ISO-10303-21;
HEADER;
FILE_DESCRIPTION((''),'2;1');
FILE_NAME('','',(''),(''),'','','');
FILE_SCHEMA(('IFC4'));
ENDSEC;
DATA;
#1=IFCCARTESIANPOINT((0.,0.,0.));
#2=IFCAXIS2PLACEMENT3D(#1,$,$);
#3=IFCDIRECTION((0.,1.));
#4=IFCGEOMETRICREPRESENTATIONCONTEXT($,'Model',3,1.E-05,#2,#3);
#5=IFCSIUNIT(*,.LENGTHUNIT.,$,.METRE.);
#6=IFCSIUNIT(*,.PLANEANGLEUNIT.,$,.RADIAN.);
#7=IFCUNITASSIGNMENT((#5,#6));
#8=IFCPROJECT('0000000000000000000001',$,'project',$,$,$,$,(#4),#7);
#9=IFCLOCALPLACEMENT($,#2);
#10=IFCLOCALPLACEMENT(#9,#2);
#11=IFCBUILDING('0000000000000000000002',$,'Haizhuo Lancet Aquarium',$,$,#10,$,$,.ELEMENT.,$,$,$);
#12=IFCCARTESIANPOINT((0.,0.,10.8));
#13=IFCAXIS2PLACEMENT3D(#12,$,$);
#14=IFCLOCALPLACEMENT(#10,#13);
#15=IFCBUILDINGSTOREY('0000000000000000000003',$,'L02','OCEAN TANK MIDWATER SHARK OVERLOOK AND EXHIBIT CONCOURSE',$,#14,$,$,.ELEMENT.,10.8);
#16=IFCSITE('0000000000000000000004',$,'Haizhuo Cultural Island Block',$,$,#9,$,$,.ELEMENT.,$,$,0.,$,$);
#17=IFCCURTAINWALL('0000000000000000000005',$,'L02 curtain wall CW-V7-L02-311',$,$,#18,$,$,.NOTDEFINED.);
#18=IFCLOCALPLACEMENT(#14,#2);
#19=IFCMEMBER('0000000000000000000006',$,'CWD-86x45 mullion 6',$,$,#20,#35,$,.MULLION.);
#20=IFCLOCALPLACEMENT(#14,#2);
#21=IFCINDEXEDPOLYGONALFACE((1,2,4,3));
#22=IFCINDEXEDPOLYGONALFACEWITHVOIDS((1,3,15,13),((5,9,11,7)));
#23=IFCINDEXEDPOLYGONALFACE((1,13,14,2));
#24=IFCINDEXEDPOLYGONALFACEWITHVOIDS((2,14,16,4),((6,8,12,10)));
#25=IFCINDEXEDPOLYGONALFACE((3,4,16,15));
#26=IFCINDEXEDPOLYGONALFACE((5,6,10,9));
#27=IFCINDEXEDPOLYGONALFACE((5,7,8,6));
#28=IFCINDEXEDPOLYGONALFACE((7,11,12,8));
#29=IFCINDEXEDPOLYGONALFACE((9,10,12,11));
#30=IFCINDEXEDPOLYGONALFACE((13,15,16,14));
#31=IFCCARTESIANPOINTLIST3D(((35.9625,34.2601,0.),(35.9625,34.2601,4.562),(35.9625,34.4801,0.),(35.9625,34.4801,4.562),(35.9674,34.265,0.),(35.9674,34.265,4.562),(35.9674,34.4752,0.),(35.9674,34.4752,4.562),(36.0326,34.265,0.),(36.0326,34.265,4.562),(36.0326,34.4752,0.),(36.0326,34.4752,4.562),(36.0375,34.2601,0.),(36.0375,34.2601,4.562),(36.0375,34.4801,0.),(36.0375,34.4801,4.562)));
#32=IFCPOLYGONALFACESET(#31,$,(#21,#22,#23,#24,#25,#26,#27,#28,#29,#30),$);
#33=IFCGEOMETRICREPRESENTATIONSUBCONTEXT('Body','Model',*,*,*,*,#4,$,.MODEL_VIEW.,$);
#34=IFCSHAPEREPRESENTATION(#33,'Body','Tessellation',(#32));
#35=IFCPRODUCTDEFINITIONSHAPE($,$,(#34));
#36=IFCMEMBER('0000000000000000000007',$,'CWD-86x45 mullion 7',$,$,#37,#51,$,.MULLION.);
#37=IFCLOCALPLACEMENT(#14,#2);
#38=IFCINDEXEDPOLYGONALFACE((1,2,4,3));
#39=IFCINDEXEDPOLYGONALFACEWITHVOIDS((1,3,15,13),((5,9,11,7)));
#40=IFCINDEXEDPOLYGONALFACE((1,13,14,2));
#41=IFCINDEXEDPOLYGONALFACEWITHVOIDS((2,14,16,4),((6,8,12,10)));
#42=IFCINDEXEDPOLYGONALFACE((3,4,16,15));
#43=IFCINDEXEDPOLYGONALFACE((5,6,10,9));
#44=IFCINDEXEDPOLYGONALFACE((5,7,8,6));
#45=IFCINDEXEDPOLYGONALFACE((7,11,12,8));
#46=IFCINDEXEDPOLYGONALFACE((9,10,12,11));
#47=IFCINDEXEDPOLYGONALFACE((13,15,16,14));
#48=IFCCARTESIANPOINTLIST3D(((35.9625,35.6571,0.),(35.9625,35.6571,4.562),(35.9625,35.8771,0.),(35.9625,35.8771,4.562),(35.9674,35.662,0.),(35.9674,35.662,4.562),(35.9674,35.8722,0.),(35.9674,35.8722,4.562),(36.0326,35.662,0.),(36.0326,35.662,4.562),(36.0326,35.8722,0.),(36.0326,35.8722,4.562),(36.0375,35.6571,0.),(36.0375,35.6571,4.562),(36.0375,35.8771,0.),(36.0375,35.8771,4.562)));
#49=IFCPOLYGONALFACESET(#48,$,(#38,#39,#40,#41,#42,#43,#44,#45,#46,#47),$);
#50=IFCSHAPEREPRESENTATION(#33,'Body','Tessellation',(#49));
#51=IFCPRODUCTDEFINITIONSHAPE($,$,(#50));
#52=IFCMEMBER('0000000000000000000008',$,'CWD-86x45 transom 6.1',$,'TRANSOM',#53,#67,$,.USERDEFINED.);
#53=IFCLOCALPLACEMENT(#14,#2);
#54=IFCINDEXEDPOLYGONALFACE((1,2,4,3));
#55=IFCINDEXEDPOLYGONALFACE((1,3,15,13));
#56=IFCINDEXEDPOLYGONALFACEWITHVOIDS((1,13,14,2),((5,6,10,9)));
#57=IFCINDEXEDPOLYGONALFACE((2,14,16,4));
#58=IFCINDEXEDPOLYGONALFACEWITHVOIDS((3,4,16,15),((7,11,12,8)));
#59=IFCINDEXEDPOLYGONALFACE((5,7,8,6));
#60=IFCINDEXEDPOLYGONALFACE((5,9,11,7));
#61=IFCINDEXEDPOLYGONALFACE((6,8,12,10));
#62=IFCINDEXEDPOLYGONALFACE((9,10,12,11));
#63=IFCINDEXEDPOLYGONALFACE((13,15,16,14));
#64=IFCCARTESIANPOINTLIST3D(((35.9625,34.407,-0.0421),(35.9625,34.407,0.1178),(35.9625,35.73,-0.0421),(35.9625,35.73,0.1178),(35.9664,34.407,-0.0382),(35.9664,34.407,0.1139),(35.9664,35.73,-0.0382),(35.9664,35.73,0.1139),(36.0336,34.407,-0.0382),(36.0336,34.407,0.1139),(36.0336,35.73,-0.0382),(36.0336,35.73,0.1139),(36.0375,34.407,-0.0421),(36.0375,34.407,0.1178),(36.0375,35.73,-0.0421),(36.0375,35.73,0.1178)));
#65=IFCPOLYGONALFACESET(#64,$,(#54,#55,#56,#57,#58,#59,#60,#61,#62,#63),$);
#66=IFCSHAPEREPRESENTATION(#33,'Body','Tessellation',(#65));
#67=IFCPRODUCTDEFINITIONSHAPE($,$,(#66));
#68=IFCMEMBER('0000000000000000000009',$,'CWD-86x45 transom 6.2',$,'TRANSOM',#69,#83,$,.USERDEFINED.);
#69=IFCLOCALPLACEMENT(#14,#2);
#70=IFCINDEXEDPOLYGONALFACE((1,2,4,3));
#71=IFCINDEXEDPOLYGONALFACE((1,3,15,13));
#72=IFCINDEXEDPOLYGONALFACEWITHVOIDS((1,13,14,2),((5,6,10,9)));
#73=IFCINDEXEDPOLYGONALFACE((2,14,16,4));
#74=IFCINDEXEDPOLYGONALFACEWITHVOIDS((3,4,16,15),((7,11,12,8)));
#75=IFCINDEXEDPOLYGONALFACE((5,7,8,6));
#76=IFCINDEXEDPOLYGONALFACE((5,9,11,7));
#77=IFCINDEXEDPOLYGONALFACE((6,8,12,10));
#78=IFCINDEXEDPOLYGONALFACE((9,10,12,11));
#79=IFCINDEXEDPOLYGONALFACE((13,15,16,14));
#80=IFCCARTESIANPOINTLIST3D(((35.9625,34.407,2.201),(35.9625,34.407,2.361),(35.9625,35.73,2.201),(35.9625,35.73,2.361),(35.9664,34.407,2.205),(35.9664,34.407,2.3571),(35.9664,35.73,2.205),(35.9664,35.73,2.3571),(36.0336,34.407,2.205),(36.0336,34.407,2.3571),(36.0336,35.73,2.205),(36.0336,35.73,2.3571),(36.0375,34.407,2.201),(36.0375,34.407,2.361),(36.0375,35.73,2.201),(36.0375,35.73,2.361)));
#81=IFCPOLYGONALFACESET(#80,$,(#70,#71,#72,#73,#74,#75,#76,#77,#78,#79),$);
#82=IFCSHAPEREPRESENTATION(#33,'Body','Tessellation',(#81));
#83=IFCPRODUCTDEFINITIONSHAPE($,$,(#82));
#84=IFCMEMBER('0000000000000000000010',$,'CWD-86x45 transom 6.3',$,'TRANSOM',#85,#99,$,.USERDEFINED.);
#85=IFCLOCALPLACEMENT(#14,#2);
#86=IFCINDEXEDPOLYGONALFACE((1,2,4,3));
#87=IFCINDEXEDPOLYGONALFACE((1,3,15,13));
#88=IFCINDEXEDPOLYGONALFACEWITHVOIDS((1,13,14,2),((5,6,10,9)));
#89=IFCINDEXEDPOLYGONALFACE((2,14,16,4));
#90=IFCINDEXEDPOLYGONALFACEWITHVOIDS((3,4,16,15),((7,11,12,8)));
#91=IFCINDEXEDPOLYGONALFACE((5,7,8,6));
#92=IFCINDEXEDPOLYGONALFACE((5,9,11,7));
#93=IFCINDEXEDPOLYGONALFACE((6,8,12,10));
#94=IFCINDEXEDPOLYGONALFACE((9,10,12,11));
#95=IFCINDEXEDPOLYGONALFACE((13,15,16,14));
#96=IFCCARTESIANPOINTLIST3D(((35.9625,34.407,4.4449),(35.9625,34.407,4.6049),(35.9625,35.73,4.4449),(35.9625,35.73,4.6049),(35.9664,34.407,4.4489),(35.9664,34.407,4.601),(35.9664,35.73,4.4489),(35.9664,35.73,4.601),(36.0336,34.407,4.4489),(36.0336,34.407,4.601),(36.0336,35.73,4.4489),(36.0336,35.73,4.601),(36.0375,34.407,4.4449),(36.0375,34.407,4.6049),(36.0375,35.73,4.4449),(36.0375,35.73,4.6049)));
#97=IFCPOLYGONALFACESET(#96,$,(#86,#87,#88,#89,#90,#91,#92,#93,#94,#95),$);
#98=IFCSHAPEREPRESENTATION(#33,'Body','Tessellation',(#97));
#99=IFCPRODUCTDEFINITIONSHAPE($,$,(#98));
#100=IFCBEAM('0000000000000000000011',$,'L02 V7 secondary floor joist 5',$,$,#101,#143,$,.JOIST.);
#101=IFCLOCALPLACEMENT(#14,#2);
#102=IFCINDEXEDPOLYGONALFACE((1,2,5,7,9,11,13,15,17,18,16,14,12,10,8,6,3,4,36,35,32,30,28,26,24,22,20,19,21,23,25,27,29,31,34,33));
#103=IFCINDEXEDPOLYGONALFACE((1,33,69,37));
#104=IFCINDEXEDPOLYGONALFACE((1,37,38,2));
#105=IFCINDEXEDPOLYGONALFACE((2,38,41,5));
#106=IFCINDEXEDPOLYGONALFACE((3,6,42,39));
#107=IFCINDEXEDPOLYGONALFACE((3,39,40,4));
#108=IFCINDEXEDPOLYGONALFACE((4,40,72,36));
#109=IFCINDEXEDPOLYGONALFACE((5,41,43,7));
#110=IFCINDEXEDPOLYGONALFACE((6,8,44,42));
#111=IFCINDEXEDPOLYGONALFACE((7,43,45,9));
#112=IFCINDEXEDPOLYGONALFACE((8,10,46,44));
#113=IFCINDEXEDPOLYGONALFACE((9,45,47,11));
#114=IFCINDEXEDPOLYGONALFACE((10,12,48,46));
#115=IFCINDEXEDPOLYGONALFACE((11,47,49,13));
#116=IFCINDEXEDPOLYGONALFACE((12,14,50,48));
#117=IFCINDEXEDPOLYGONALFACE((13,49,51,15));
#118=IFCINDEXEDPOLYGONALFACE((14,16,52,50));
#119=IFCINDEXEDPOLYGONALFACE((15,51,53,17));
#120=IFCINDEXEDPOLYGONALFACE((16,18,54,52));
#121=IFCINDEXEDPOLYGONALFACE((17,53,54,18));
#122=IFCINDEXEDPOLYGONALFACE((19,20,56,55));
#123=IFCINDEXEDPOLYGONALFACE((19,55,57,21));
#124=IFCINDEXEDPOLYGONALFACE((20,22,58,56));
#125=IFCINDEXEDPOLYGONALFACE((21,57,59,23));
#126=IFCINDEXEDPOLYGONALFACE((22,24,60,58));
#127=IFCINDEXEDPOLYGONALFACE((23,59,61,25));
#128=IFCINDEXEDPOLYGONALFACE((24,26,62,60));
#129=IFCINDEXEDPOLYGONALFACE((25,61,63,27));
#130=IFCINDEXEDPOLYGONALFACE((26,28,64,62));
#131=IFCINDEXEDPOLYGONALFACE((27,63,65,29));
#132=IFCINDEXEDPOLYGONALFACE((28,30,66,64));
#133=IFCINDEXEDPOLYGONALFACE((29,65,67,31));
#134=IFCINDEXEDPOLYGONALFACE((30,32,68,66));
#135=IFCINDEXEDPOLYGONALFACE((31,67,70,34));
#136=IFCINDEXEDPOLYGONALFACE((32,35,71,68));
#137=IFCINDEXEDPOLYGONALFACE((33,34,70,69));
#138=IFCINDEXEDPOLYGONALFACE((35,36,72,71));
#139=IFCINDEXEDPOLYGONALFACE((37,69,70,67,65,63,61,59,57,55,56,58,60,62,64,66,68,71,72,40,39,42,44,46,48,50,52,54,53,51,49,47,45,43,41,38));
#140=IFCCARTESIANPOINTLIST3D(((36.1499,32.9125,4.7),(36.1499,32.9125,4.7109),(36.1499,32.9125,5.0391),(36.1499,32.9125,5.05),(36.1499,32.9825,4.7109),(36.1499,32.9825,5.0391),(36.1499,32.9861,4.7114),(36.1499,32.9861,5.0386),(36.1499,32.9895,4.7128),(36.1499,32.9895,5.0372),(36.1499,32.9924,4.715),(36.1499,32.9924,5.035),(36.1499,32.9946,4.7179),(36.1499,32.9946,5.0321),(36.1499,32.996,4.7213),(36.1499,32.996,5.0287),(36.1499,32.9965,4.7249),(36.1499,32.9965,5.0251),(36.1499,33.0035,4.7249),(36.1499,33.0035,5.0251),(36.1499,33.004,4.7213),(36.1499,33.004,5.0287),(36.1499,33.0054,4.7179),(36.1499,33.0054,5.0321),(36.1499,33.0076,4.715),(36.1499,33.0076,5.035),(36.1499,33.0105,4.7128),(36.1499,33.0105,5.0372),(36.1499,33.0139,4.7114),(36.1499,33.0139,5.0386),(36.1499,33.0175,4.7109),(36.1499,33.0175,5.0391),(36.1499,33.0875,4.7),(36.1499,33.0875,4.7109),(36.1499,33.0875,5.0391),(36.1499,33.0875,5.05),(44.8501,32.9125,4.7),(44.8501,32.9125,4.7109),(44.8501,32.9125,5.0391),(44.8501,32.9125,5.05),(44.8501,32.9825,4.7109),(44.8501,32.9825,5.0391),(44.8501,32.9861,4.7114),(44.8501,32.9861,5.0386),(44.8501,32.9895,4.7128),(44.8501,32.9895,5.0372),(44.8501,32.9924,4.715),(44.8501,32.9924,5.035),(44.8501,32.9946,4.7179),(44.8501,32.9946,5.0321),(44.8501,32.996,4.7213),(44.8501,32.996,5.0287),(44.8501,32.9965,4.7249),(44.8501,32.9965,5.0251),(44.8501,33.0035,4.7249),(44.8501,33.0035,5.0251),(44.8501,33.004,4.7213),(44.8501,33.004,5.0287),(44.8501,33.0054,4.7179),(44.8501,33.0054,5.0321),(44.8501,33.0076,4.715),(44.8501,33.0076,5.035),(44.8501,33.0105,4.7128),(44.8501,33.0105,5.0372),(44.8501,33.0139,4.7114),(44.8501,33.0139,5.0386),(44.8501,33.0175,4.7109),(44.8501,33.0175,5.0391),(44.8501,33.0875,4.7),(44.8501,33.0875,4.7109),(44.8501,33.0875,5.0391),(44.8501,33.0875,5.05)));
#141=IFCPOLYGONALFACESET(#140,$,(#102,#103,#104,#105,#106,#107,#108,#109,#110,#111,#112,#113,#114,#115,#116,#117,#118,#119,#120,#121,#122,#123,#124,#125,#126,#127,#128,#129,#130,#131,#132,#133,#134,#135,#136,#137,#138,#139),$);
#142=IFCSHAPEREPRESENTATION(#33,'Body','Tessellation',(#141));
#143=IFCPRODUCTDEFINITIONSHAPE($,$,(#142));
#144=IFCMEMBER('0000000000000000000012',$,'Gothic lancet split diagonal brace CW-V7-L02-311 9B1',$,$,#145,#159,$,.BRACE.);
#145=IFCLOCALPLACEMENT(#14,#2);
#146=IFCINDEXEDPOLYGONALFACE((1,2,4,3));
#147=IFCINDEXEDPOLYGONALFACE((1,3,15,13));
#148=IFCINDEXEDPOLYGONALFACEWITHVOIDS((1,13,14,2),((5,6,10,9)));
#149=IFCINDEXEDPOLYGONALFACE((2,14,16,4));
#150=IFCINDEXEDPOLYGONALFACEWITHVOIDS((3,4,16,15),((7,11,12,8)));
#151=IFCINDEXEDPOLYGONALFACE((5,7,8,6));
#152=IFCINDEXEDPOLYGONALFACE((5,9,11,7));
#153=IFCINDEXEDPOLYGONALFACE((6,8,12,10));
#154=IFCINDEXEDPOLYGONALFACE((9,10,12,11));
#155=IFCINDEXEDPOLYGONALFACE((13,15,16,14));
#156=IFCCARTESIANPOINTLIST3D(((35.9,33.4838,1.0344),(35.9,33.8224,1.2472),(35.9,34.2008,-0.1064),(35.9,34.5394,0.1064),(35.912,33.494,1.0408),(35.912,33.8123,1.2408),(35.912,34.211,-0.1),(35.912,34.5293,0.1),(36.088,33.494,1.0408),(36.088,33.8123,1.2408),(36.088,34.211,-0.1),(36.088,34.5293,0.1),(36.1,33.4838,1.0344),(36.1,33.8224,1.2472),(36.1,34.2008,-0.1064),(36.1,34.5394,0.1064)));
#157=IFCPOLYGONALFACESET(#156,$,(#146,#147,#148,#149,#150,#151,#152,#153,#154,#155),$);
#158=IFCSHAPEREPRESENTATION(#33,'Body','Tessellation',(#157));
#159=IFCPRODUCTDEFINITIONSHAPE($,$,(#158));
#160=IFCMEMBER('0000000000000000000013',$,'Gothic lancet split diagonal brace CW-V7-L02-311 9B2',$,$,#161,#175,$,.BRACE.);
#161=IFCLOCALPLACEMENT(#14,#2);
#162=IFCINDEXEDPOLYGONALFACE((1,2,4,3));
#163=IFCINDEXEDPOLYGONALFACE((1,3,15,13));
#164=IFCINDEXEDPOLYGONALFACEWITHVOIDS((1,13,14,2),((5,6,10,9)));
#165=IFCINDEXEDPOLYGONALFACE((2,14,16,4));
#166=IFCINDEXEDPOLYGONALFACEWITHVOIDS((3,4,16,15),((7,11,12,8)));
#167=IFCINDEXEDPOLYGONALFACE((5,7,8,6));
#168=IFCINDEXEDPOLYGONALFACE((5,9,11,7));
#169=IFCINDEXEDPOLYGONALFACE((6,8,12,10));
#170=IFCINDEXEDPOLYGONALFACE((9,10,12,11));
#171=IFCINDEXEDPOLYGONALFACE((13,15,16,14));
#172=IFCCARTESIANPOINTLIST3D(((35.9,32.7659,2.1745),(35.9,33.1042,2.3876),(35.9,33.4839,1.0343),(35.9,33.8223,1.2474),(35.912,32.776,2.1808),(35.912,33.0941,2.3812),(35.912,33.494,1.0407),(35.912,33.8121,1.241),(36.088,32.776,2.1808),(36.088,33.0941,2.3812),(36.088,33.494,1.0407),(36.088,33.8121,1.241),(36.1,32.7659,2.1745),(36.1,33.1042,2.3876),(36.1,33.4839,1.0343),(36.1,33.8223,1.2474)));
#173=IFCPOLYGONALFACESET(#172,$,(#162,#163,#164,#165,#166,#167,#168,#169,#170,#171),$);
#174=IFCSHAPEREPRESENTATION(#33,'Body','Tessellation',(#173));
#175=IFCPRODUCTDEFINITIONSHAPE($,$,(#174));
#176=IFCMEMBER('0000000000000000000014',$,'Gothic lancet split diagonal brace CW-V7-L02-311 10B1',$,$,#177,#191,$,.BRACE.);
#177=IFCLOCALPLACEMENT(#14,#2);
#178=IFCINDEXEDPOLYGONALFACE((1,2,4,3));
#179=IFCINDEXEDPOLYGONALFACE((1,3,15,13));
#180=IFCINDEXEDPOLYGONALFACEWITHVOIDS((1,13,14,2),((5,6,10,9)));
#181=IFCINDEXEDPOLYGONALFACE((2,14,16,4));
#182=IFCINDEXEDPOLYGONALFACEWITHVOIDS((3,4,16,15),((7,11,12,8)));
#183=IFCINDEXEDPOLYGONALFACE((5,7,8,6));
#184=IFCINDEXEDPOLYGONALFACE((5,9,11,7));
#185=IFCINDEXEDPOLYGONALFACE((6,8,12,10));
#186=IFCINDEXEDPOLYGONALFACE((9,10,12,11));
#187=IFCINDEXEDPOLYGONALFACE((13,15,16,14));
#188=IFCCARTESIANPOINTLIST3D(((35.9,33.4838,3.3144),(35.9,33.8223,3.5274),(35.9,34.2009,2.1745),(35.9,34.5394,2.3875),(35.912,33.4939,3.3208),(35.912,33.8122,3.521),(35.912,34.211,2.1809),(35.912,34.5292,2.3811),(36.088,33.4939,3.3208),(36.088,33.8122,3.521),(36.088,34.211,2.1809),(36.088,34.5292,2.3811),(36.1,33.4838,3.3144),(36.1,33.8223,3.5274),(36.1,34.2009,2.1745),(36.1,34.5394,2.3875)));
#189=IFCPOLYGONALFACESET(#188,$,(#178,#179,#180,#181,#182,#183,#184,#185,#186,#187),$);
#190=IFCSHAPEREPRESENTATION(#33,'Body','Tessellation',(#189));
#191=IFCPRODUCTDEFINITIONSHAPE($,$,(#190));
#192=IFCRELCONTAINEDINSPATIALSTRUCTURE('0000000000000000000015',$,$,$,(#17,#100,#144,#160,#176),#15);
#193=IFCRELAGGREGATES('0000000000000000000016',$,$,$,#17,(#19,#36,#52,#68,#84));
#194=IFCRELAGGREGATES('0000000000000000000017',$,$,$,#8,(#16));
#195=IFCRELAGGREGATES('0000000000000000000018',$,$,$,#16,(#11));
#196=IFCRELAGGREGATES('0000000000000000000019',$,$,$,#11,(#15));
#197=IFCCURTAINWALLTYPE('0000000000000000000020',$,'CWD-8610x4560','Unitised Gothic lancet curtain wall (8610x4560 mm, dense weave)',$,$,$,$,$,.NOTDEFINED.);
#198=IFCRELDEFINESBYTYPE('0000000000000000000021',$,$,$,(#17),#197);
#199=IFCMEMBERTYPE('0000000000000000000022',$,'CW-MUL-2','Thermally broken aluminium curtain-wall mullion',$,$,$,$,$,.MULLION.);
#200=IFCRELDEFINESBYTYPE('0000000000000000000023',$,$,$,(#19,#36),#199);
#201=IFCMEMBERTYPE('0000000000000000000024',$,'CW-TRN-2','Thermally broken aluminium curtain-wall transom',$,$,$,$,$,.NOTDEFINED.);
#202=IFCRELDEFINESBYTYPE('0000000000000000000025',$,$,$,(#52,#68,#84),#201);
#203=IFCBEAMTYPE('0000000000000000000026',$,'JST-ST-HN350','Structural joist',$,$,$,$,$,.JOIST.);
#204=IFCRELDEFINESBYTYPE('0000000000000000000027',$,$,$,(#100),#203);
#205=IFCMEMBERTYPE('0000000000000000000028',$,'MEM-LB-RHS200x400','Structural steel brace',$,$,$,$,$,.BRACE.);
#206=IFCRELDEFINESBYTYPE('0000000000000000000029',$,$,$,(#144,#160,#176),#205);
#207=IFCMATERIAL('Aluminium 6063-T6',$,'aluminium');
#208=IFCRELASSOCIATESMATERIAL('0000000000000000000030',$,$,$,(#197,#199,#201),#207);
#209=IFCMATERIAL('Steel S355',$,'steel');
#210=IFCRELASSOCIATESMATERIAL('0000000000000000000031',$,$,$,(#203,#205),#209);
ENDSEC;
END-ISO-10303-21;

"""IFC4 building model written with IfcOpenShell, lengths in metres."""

from ifc_helpers import new_model, si_unit, direction, frame, origin, origin_2d, place, context, subcontext, project, spatial, hollow_rectangle, i_section, extrude, material, material_profile, profile_set, type_object, element, aggregate, save


model = new_model("IFC4")

# Units and contexts
model_context = context("Model", 3, precision=1e-05, world=origin(), true_north=direction((0.0, 1.0)))
body_context = subcontext(model_context, "Body", "Model", "MODEL_VIEW")
ifc_project = project(units=[si_unit("LENGTHUNIT", "METRE"), si_unit("PLANEANGLEUNIT", "RADIAN")], contexts=[model_context])

# Site, building, storey
site_placement = place(None, origin())
site = spatial("IfcSite", under=ifc_project, at=site_placement, Name="Haizhuo Cultural Island Block", CompositionType="ELEMENT", RefElevation=0.0)
building_placement = place(site_placement, origin())
building = spatial("IfcBuilding", under=site, at=building_placement, Name="Haizhuo Lancet Aquarium", CompositionType="ELEMENT")
storey_placement = place(building_placement, frame((0.0, 0.0, 10.8)))
storey = spatial("IfcBuildingStorey", under=building, at=storey_placement, Name="L02", Description="OCEAN TANK MIDWATER SHARK OVERLOOK AND EXHIBIT CONCOURSE", CompositionType="ELEMENT", Elevation=10.8)

# Curtain wall, members
ifc_material_1 = material(Name="Aluminium 6063-T6", Category="aluminium")
curtain_wall_type = type_object("IfcCurtainWallType", Name="CWD-8610x4560", Description="Unitised Gothic lancet curtain wall (8610x4560 mm, dense weave)", PredefinedType="NOTDEFINED", material=ifc_material_1)
curtain_wall_placement = place(storey_placement, origin())
curtain_wall = element("IfcCurtainWall", 1, at=curtain_wall_placement, inside=storey, type_object=curtain_wall_type, Name="L02 curtain wall CW-V7-L02-311", PredefinedType="NOTDEFINED")
ifc_material_profile_1 = material_profile(ifc_material_1, hollow_rectangle(XDim=0.075, YDim=0.22, WallThickness=0.0049, at=origin_2d()), Name="ALU-M 75x220x5")
ifc_profile_set_1 = profile_set([ifc_material_profile_1], Name="Aluminium 6063-T6")
member_type_1 = type_object("IfcMemberType", Name="CW-MUL-2", Description="Thermally broken aluminium curtain-wall mullion", PredefinedType="MULLION", material=ifc_profile_set_1)
member_1_placement = place(storey_placement, frame((36.0, 34.3701, 0.0), z_axis=(0.0, 0.0, 1.0), x_axis=(-1.0, 0.0, 0.0)))
member_1 = element("IfcMember", 2, at=member_1_placement, type_object=member_type_1, Name="CWD-86x45 mullion 6", PredefinedType="MULLION", context=body_context, shape_type="SweptSolid", body=[
    extrude(hollow_rectangle(XDim=0.075, YDim=0.22, WallThickness=0.0049, at=origin_2d()), origin(), (0.0, 0.0, 1.0), 4.562),
])
member_2_placement = place(storey_placement, frame((36.0, 35.7671, 0.0), z_axis=(0.0, 0.0, 1.0), x_axis=(-1.0, 0.0, 0.0)))
member_2 = element("IfcMember", 3, at=member_2_placement, type_object=member_type_1, Name="CWD-86x45 mullion 7", PredefinedType="MULLION", context=body_context, shape_type="SweptSolid", body=[
    extrude(hollow_rectangle(XDim=0.075, YDim=0.22, WallThickness=0.0049, at=origin_2d()), origin(), (0.0, 0.0, 1.0), 4.562),
])
ifc_material_profile_2 = material_profile(ifc_material_1, hollow_rectangle(XDim=0.075, YDim=0.1599, WallThickness=0.0039, at=origin_2d()), Name="ALU-T 75x160x4")
ifc_profile_set_2 = profile_set([ifc_material_profile_2], Name="Aluminium 6063-T6")
member_type_2 = type_object("IfcMemberType", Name="CW-TRN-2", Description="Thermally broken aluminium curtain-wall transom", PredefinedType="NOTDEFINED", material=ifc_profile_set_2)
member_3_placement = place(storey_placement, frame((36.0, 34.407, 0.0378), z_axis=(0.0, 1.0, 0.0), x_axis=(-1.0, 0.0, 0.0)))
member_3 = element("IfcMember", 4, at=member_3_placement, type_object=member_type_2, Name="CWD-86x45 transom 6.1", ObjectType="TRANSOM", PredefinedType="USERDEFINED", context=body_context, shape_type="SweptSolid", body=[
    extrude(hollow_rectangle(XDim=0.075, YDim=0.1599, WallThickness=0.0039, at=origin_2d()), origin(), (0.0, 0.0, 1.0), 1.323),
])
member_4_placement = place(storey_placement, frame((36.0, 34.407, 2.281), z_axis=(0.0, 1.0, 0.0), x_axis=(-1.0, 0.0, 0.0)))
member_4 = element("IfcMember", 5, at=member_4_placement, type_object=member_type_2, Name="CWD-86x45 transom 6.2", ObjectType="TRANSOM", PredefinedType="USERDEFINED", context=body_context, shape_type="SweptSolid", body=[
    extrude(hollow_rectangle(XDim=0.075, YDim=0.1599, WallThickness=0.0039, at=origin_2d()), origin(), (0.0, 0.0, 1.0), 1.323),
])
member_5_placement = place(storey_placement, frame((36.0, 34.407, 4.5249), z_axis=(0.0, 1.0, 0.0), x_axis=(-1.0, 0.0, 0.0)))
member_5 = element("IfcMember", 6, at=member_5_placement, type_object=member_type_2, Name="CWD-86x45 transom 6.3", ObjectType="TRANSOM", PredefinedType="USERDEFINED", context=body_context, shape_type="SweptSolid", body=[
    extrude(hollow_rectangle(XDim=0.075, YDim=0.1599, WallThickness=0.0039, at=origin_2d()), origin(), (0.0, 0.0, 1.0), 1.323),
])

# Beam
ifc_material_2 = material(Name="Steel S355", Category="steel")
ifc_material_profile_3 = material_profile(ifc_material_2, i_section(OverallWidth=0.175, OverallDepth=0.3501, WebThickness=0.0071, FlangeThickness=0.011, FilletRadius=0.0139, at=origin_2d()), Name="HN 350x175x7x11")
ifc_profile_set_3 = profile_set([ifc_material_profile_3], Name="Steel S355")
beam_type = type_object("IfcBeamType", Name="JST-ST-HN350", Description="Structural joist", PredefinedType="JOIST", material=ifc_profile_set_3)
beam_placement = place(storey_placement, frame((36.1499, 33.0, 4.875), z_axis=(1.0, 0.0, 0.0), x_axis=(0.0, 1.0, 0.0)))
element("IfcBeam", 7, at=beam_placement, inside=storey, type_object=beam_type, Name="L02 V7 secondary floor joist 5", PredefinedType="JOIST", context=body_context, shape_type="SweptSolid", body=[
    extrude(i_section(OverallWidth=0.175, OverallDepth=0.3501, WebThickness=0.0071, FlangeThickness=0.011, FilletRadius=0.0139, at=origin_2d()), origin(), (0.0, 0.0, 1.0), 8.7002),
])

# Members
ifc_material_profile_4 = material_profile(ifc_material_2, hollow_rectangle(XDim=0.2, YDim=0.3999, WallThickness=0.012, at=origin_2d()), Name="RHS 200x400x12")
ifc_profile_set_4 = profile_set([ifc_material_profile_4], Name="Steel S355")
member_type_3 = type_object("IfcMemberType", Name="MEM-LB-RHS200x400", Description="Structural steel brace", PredefinedType="BRACE", material=ifc_profile_set_4)
for number, where, z_axis, x_axis, name in (
    (8, (36.0, 34.3701, 0.0), (0.0, -0.532131, 0.846662), (1.0, 0.0, 0.0), "Gothic lancet split diagonal brace CW-V7-L02-311 9B1"),
    (9, (36.0, 33.6531, 1.1409), (0.0, -0.532895, 0.846181), (1.0, 0.0, 0.0), "Gothic lancet split diagonal brace CW-V7-L02-311 9B2"),
):
    element("IfcMember", number, at=place(storey_placement, frame(where, z_axis=z_axis, x_axis=x_axis)), inside=storey, type_object=member_type_3, Name=name, PredefinedType="BRACE", context=body_context, shape_type="SweptSolid", body=[
        extrude(hollow_rectangle(XDim=0.2, YDim=0.3999, WallThickness=0.012, at=origin_2d()), origin(), (0.0, 0.0, 1.0), 1.3474),
    ])
member_6_placement = place(storey_placement, frame((36.0, 34.3701, 2.281), z_axis=(0.0, -0.532457, 0.846457), x_axis=(1.0, 0.0, 0.0)))
element("IfcMember", 10, at=member_6_placement, inside=storey, type_object=member_type_3, Name="Gothic lancet split diagonal brace CW-V7-L02-311 10B1", PredefinedType="BRACE", context=body_context, shape_type="SweptSolid", body=[
    extrude(hollow_rectangle(XDim=0.2, YDim=0.3999, WallThickness=0.012, at=origin_2d()), origin(), (0.0, 0.0, 1.0), 1.3467),
])

aggregate(curtain_wall, [member_1, member_2, member_3, member_4, member_5])

save(model, "model.ifc")
